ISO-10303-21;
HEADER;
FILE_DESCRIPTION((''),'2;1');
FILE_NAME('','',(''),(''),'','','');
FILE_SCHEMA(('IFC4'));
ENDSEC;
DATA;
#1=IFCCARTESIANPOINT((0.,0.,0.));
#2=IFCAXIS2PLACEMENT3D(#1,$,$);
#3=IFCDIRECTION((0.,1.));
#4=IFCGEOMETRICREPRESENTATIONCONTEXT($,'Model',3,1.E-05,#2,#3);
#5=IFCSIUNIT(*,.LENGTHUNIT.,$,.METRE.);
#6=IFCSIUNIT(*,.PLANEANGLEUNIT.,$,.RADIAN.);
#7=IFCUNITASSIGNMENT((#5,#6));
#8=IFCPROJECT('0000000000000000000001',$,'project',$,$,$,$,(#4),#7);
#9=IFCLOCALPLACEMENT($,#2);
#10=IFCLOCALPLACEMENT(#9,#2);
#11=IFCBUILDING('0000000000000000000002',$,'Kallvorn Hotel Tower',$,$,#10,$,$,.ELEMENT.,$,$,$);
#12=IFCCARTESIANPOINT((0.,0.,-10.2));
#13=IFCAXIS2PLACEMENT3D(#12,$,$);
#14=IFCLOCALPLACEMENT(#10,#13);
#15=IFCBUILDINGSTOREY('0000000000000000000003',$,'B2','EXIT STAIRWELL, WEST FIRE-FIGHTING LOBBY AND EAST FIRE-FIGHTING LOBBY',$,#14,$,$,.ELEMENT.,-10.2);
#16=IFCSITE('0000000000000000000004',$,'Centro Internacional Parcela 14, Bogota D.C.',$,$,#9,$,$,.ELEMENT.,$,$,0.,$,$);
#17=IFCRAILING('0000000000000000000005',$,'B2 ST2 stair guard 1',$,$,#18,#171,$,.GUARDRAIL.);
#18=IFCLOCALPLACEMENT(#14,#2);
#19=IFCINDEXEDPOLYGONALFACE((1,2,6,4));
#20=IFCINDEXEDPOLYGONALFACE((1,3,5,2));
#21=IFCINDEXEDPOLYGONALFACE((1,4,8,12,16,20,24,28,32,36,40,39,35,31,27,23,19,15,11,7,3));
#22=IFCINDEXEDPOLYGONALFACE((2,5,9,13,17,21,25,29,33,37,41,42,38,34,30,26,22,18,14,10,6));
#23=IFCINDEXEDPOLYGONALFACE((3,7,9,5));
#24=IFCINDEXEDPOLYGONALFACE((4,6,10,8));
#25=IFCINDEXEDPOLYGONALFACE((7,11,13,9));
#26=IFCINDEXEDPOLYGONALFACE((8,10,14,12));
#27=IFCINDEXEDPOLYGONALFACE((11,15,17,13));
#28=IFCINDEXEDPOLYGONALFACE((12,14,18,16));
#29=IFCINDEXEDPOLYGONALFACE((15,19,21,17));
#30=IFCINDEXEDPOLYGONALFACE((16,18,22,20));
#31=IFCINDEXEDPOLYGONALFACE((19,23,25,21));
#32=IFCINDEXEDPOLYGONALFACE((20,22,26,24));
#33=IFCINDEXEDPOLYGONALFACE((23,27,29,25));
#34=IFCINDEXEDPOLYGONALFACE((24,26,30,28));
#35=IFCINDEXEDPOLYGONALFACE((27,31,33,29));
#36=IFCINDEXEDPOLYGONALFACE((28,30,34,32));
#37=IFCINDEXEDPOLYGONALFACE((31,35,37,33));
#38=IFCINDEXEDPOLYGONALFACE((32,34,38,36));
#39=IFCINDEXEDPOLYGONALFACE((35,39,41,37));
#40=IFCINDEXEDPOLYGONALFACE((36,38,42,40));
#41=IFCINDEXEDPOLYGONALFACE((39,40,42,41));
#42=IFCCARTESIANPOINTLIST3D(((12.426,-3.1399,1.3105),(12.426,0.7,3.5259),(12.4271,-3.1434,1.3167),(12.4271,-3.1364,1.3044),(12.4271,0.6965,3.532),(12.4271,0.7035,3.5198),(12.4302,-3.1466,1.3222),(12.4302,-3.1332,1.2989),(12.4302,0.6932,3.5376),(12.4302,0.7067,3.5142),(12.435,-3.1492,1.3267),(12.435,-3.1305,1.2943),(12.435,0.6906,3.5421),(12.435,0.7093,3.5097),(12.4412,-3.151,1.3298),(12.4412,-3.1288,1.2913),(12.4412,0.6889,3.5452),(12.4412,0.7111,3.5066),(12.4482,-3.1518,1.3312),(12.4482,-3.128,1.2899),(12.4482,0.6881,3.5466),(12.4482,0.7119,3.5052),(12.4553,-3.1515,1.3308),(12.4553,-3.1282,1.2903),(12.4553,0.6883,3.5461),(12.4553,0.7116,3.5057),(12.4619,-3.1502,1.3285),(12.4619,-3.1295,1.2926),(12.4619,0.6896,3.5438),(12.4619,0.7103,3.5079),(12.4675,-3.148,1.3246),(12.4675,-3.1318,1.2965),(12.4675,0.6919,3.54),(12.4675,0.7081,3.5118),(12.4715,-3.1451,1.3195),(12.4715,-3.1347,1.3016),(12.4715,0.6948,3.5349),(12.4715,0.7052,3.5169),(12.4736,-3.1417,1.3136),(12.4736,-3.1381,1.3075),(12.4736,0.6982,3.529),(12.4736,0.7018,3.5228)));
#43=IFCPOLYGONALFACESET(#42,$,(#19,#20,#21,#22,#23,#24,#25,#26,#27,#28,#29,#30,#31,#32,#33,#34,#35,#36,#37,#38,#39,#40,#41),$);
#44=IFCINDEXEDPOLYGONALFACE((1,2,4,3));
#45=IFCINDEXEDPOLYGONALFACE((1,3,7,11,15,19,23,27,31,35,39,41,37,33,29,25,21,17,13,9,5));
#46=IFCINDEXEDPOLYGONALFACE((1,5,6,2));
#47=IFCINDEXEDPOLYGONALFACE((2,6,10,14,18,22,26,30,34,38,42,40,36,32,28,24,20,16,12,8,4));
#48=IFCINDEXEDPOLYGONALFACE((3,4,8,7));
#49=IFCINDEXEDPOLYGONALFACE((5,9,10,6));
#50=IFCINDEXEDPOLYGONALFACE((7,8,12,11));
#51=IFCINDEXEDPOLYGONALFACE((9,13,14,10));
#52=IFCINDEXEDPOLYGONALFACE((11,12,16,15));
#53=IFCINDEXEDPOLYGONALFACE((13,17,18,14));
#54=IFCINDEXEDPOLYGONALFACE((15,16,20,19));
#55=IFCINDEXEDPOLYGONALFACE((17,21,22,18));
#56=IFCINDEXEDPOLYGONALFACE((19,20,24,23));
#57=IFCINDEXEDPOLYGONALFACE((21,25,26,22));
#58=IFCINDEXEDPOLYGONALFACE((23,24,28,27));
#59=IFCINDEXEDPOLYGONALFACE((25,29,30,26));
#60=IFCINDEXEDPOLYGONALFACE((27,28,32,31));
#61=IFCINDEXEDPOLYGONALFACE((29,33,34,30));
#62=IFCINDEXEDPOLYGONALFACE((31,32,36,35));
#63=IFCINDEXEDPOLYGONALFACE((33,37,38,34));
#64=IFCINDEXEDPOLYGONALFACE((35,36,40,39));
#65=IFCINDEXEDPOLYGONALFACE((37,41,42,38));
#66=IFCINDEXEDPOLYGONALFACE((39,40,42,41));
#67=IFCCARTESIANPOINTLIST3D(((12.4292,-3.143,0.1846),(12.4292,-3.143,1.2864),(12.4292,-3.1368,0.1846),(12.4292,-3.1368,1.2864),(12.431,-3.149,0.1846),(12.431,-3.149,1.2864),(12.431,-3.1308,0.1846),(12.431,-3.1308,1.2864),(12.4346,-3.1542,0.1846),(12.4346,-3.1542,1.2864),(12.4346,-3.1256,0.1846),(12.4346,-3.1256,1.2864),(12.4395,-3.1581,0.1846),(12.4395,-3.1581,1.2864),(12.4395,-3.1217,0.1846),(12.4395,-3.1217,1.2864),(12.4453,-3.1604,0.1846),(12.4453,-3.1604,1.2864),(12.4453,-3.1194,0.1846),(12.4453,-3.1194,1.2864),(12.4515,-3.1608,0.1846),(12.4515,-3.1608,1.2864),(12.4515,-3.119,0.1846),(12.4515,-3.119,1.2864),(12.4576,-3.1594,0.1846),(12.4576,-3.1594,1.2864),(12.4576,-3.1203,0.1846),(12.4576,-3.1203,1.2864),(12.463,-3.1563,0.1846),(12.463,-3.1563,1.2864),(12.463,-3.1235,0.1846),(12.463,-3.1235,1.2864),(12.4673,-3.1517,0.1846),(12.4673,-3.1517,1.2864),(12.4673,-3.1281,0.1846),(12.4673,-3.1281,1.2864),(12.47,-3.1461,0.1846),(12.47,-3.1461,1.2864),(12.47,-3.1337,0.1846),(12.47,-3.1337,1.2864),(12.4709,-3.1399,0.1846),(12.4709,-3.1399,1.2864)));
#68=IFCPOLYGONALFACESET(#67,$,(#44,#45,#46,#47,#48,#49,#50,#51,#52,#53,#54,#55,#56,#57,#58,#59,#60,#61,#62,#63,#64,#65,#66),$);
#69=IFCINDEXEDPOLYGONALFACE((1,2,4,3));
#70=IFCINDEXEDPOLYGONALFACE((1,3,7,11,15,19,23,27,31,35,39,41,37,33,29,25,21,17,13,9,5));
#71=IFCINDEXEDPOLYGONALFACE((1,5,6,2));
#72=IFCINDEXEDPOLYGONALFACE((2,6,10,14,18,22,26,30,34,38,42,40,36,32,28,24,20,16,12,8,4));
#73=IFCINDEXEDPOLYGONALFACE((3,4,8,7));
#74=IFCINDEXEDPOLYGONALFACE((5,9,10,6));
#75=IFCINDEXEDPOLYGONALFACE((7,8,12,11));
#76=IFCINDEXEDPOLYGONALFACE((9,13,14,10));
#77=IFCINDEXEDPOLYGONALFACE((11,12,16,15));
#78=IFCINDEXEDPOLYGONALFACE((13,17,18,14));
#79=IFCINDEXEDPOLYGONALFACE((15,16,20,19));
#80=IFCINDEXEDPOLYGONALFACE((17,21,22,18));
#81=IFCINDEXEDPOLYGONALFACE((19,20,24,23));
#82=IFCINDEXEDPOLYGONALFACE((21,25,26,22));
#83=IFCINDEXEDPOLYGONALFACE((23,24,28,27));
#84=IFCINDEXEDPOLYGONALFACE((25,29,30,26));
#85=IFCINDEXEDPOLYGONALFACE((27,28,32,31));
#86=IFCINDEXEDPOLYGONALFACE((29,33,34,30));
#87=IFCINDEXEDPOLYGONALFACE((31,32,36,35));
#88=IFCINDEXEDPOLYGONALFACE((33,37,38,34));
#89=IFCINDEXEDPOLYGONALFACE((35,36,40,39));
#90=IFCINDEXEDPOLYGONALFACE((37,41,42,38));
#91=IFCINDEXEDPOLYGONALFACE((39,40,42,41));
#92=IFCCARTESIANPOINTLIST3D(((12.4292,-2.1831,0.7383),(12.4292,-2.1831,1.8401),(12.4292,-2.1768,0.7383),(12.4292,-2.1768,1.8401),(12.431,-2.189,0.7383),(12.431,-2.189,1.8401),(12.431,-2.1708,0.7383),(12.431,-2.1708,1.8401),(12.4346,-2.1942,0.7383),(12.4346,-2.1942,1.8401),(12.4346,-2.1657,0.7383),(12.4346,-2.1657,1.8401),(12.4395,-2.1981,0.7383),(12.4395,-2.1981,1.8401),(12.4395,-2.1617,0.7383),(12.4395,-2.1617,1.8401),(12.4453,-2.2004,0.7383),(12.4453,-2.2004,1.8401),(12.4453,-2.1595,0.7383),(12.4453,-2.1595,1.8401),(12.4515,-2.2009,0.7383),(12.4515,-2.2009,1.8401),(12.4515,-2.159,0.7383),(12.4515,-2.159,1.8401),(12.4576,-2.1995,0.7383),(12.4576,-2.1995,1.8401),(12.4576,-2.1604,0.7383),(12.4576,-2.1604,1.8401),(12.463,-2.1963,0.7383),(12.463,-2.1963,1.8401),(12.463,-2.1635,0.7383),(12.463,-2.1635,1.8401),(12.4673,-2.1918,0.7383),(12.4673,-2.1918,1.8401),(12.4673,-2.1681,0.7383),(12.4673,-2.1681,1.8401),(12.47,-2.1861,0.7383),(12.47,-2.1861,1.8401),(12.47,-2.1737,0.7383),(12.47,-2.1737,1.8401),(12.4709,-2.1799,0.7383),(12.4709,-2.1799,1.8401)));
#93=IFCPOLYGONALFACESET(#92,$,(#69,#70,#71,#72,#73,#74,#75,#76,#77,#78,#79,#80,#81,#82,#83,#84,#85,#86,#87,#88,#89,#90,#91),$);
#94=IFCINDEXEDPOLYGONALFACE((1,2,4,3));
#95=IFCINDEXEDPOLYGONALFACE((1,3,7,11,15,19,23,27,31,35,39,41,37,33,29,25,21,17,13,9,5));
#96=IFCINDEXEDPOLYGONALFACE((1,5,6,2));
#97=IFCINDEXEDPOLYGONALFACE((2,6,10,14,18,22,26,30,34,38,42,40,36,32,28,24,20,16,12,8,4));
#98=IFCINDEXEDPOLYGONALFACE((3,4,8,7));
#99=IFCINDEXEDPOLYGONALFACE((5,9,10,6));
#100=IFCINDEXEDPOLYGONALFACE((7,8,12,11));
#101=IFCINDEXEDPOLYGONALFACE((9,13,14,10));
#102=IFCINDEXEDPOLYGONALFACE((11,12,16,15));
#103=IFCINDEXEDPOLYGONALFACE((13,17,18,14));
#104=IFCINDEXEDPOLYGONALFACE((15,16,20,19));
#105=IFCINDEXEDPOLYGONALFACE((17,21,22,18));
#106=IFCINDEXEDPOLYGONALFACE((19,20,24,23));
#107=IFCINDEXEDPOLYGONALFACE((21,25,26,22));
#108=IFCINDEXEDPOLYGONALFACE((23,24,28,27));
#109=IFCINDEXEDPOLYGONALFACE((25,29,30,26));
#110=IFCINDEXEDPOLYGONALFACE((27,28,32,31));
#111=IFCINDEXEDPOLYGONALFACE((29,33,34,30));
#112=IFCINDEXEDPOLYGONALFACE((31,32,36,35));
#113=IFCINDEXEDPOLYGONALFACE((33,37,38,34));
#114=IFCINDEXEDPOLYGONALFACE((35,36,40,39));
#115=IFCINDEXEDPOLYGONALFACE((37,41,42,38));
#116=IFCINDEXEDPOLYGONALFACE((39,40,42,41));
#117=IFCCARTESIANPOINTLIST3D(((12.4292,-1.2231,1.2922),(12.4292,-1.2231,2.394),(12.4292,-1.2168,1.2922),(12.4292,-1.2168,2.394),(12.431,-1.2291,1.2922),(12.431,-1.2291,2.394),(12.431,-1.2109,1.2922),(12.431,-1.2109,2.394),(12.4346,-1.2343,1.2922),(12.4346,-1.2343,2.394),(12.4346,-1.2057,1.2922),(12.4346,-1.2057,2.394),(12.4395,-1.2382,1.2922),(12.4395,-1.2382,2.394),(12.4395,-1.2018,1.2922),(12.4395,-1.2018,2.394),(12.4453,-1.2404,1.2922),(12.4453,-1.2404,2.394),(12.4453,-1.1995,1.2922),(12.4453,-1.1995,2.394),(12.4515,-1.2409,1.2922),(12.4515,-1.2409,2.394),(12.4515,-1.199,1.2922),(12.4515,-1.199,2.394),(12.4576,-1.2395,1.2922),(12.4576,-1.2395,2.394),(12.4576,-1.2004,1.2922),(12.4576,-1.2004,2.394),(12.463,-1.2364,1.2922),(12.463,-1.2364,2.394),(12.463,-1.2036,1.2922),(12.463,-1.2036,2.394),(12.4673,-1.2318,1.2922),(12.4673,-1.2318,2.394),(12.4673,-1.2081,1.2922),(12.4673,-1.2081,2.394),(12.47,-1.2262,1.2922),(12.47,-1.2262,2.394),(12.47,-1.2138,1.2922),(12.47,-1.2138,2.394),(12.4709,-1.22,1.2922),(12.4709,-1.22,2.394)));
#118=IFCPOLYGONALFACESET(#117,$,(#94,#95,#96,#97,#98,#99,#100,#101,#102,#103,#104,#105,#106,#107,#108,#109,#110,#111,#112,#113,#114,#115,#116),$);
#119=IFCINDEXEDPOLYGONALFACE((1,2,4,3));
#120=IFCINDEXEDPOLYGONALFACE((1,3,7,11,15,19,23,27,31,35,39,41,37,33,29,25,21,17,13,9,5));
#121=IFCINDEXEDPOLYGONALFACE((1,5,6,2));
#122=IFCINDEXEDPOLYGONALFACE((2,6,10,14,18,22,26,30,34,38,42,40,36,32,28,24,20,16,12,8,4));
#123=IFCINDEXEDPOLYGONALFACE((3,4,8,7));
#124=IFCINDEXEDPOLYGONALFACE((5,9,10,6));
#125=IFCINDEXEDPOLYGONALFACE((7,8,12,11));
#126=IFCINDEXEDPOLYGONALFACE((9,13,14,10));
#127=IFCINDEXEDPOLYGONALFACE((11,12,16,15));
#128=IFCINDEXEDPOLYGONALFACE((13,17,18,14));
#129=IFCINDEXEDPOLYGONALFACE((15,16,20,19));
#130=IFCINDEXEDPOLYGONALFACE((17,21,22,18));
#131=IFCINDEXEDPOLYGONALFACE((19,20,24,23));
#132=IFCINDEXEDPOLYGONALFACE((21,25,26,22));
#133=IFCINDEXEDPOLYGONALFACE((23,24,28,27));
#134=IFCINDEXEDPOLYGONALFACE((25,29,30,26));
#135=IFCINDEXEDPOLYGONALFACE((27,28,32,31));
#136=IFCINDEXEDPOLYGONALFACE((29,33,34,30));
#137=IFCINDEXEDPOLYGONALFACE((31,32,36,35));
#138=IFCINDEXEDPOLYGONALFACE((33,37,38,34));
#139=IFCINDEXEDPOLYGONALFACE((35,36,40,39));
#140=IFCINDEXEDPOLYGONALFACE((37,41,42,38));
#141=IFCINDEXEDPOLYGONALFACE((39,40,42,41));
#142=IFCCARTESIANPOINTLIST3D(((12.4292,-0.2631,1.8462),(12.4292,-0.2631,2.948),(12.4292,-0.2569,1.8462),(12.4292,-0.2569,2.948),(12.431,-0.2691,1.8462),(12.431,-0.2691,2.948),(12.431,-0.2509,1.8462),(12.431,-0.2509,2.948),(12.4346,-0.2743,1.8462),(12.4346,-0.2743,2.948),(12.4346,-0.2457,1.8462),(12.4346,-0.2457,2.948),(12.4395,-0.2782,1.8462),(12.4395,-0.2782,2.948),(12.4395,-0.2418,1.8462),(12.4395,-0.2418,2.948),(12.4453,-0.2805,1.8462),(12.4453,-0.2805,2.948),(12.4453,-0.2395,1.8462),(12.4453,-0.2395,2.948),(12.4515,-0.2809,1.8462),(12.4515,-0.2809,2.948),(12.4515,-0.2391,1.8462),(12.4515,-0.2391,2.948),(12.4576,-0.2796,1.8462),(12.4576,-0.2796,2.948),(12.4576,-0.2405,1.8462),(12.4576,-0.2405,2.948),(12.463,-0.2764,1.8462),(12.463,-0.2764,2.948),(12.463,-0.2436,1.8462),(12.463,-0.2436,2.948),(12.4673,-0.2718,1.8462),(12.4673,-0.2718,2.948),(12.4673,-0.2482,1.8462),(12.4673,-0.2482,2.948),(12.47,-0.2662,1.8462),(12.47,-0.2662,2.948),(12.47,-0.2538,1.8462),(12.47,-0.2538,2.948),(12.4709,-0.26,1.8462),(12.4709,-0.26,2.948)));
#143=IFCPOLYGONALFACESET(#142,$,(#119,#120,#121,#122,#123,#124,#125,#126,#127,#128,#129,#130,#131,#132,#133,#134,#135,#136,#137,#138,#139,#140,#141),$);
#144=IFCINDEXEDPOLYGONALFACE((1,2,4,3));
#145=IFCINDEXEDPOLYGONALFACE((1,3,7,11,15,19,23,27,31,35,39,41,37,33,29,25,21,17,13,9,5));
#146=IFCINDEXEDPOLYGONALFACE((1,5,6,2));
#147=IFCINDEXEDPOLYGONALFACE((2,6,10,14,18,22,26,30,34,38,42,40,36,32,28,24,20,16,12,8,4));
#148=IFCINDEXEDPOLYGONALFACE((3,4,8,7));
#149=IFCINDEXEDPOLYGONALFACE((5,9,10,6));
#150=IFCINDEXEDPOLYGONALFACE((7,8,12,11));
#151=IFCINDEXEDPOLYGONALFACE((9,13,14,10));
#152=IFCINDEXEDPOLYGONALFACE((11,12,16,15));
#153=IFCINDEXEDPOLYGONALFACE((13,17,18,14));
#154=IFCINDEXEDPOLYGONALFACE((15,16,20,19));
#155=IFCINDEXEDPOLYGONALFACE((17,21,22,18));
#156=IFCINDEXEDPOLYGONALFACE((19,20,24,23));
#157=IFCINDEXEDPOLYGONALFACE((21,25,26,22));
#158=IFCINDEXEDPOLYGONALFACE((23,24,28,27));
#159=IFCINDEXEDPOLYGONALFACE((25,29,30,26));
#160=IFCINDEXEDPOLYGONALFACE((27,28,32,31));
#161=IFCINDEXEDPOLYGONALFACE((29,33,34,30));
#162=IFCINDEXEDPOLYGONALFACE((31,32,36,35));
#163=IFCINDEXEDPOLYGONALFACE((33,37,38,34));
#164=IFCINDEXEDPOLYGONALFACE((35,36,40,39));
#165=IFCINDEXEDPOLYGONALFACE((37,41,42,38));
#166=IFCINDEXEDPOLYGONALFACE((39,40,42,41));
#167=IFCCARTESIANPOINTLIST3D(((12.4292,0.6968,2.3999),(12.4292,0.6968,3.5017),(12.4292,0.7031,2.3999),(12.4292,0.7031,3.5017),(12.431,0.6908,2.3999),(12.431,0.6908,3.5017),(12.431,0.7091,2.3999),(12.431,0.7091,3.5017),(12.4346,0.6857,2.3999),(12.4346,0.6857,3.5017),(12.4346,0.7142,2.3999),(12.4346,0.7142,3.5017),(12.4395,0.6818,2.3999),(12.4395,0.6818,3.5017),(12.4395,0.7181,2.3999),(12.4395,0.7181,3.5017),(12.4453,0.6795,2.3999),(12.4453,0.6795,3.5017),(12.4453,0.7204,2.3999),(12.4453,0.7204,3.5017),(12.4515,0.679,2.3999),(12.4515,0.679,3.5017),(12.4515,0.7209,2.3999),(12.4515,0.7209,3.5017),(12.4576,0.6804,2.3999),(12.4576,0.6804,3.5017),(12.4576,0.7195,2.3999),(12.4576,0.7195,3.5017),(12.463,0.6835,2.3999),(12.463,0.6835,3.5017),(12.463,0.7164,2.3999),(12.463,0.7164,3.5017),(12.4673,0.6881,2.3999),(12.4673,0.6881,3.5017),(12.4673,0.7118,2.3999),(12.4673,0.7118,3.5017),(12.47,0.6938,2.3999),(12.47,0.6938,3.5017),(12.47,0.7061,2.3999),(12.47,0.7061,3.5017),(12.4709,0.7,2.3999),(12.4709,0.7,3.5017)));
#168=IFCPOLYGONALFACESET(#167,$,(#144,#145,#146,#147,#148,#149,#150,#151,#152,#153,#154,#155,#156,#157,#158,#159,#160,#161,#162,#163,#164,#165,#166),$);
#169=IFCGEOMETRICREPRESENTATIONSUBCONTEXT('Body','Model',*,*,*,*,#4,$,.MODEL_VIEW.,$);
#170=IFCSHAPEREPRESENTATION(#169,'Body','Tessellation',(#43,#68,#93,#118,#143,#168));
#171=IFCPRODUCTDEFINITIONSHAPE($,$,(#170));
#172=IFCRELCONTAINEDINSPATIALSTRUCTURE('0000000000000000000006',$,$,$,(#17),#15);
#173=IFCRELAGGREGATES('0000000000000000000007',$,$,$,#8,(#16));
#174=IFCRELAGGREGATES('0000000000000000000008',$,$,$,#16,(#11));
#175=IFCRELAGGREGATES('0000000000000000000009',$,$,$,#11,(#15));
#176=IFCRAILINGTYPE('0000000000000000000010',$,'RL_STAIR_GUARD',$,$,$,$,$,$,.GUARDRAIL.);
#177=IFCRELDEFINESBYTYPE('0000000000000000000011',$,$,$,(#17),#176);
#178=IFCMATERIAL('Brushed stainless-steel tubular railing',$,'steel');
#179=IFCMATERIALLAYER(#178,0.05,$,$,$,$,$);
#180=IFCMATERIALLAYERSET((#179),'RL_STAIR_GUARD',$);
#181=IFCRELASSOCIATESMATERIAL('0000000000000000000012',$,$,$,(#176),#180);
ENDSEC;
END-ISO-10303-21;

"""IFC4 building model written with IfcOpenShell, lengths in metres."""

from ifc_helpers import new_model, si_unit, direction, frame, origin, origin_2d, place, context, subcontext, project, spatial, circle, extrude, material, layer, layer_set, type_object, element, save


model = new_model("IFC4")

# Units and contexts
model_context = context("Model", 3, precision=1e-05, world=origin(), true_north=direction((0.0, 1.0)))
body_context = subcontext(model_context, "Body", "Model", "MODEL_VIEW")
ifc_project = project(units=[si_unit("LENGTHUNIT", "METRE"), si_unit("PLANEANGLEUNIT", "RADIAN")], contexts=[model_context])

# Site, building, storey
site_placement = place(None, origin())
site = spatial("IfcSite", under=ifc_project, at=site_placement, Name="Centro Internacional Parcela 14, Bogota D.C.", CompositionType="ELEMENT", RefElevation=0.0)
building_placement = place(site_placement, origin())
building = spatial("IfcBuilding", under=site, at=building_placement, Name="Kallvorn Hotel Tower", CompositionType="ELEMENT")
storey_placement = place(building_placement, frame((0.0, 0.0, -10.2)))
storey = spatial("IfcBuildingStorey", under=building, at=storey_placement, Name="B2", Description="EXIT STAIRWELL, WEST FIRE-FIGHTING LOBBY AND EAST FIRE-FIGHTING LOBBY", CompositionType="ELEMENT", Elevation=-10.2)

# Railing
ifc_material_1 = material(Name="Brushed stainless-steel tubular railing", Category="steel")
ifc_layer_1 = layer(ifc_material_1, 0.05)
ifc_layer_set_1 = layer_set([ifc_layer_1], Name="RL_STAIR_GUARD")
railing_type_1 = type_object("IfcRailingType", Name="RL_STAIR_GUARD", PredefinedType="GUARDRAIL", material=ifc_layer_set_1)
railing_1_placement = place(storey_placement, frame((12.45, -3.1399, 0.1846)))
element("IfcRailing", 1, at=railing_1_placement, inside=storey, type_object=railing_type_1, Name="B2 ST2 stair guard 1", PredefinedType="GUARDRAIL", context=body_context, shape_type="SweptSolid", body=[
    extrude(circle(Radius=0.0239, at=origin_2d()), frame((0.0, 0.0, 1.126), z_axis=(0.0, 0.866182, 0.499729), x_axis=(-1.0, 0.0, 0.0)), (0.0, 0.0, 1.0), 4.4331),
    extrude(circle(Radius=0.021, at=origin_2d()), origin(), (0.0, 0.0, 1.0), 1.1018),
    extrude(circle(Radius=0.021, at=origin_2d()), frame((0.0, 0.96, 0.5537)), (0.0, 0.0, 1.0), 1.1018),
    extrude(circle(Radius=0.021, at=origin_2d()), frame((0.0, 1.9199, 1.1077)), (0.0, 0.0, 1.0), 1.1018),
    extrude(circle(Radius=0.021, at=origin_2d()), frame((0.0, 2.8799, 1.6616)), (0.0, 0.0, 1.0), 1.1018),
    extrude(circle(Radius=0.021, at=origin_2d()), frame((0.0, 3.8398, 2.2153)), (0.0, 0.0, 1.0), 1.1018),
])

save(model, "model.ifc")
